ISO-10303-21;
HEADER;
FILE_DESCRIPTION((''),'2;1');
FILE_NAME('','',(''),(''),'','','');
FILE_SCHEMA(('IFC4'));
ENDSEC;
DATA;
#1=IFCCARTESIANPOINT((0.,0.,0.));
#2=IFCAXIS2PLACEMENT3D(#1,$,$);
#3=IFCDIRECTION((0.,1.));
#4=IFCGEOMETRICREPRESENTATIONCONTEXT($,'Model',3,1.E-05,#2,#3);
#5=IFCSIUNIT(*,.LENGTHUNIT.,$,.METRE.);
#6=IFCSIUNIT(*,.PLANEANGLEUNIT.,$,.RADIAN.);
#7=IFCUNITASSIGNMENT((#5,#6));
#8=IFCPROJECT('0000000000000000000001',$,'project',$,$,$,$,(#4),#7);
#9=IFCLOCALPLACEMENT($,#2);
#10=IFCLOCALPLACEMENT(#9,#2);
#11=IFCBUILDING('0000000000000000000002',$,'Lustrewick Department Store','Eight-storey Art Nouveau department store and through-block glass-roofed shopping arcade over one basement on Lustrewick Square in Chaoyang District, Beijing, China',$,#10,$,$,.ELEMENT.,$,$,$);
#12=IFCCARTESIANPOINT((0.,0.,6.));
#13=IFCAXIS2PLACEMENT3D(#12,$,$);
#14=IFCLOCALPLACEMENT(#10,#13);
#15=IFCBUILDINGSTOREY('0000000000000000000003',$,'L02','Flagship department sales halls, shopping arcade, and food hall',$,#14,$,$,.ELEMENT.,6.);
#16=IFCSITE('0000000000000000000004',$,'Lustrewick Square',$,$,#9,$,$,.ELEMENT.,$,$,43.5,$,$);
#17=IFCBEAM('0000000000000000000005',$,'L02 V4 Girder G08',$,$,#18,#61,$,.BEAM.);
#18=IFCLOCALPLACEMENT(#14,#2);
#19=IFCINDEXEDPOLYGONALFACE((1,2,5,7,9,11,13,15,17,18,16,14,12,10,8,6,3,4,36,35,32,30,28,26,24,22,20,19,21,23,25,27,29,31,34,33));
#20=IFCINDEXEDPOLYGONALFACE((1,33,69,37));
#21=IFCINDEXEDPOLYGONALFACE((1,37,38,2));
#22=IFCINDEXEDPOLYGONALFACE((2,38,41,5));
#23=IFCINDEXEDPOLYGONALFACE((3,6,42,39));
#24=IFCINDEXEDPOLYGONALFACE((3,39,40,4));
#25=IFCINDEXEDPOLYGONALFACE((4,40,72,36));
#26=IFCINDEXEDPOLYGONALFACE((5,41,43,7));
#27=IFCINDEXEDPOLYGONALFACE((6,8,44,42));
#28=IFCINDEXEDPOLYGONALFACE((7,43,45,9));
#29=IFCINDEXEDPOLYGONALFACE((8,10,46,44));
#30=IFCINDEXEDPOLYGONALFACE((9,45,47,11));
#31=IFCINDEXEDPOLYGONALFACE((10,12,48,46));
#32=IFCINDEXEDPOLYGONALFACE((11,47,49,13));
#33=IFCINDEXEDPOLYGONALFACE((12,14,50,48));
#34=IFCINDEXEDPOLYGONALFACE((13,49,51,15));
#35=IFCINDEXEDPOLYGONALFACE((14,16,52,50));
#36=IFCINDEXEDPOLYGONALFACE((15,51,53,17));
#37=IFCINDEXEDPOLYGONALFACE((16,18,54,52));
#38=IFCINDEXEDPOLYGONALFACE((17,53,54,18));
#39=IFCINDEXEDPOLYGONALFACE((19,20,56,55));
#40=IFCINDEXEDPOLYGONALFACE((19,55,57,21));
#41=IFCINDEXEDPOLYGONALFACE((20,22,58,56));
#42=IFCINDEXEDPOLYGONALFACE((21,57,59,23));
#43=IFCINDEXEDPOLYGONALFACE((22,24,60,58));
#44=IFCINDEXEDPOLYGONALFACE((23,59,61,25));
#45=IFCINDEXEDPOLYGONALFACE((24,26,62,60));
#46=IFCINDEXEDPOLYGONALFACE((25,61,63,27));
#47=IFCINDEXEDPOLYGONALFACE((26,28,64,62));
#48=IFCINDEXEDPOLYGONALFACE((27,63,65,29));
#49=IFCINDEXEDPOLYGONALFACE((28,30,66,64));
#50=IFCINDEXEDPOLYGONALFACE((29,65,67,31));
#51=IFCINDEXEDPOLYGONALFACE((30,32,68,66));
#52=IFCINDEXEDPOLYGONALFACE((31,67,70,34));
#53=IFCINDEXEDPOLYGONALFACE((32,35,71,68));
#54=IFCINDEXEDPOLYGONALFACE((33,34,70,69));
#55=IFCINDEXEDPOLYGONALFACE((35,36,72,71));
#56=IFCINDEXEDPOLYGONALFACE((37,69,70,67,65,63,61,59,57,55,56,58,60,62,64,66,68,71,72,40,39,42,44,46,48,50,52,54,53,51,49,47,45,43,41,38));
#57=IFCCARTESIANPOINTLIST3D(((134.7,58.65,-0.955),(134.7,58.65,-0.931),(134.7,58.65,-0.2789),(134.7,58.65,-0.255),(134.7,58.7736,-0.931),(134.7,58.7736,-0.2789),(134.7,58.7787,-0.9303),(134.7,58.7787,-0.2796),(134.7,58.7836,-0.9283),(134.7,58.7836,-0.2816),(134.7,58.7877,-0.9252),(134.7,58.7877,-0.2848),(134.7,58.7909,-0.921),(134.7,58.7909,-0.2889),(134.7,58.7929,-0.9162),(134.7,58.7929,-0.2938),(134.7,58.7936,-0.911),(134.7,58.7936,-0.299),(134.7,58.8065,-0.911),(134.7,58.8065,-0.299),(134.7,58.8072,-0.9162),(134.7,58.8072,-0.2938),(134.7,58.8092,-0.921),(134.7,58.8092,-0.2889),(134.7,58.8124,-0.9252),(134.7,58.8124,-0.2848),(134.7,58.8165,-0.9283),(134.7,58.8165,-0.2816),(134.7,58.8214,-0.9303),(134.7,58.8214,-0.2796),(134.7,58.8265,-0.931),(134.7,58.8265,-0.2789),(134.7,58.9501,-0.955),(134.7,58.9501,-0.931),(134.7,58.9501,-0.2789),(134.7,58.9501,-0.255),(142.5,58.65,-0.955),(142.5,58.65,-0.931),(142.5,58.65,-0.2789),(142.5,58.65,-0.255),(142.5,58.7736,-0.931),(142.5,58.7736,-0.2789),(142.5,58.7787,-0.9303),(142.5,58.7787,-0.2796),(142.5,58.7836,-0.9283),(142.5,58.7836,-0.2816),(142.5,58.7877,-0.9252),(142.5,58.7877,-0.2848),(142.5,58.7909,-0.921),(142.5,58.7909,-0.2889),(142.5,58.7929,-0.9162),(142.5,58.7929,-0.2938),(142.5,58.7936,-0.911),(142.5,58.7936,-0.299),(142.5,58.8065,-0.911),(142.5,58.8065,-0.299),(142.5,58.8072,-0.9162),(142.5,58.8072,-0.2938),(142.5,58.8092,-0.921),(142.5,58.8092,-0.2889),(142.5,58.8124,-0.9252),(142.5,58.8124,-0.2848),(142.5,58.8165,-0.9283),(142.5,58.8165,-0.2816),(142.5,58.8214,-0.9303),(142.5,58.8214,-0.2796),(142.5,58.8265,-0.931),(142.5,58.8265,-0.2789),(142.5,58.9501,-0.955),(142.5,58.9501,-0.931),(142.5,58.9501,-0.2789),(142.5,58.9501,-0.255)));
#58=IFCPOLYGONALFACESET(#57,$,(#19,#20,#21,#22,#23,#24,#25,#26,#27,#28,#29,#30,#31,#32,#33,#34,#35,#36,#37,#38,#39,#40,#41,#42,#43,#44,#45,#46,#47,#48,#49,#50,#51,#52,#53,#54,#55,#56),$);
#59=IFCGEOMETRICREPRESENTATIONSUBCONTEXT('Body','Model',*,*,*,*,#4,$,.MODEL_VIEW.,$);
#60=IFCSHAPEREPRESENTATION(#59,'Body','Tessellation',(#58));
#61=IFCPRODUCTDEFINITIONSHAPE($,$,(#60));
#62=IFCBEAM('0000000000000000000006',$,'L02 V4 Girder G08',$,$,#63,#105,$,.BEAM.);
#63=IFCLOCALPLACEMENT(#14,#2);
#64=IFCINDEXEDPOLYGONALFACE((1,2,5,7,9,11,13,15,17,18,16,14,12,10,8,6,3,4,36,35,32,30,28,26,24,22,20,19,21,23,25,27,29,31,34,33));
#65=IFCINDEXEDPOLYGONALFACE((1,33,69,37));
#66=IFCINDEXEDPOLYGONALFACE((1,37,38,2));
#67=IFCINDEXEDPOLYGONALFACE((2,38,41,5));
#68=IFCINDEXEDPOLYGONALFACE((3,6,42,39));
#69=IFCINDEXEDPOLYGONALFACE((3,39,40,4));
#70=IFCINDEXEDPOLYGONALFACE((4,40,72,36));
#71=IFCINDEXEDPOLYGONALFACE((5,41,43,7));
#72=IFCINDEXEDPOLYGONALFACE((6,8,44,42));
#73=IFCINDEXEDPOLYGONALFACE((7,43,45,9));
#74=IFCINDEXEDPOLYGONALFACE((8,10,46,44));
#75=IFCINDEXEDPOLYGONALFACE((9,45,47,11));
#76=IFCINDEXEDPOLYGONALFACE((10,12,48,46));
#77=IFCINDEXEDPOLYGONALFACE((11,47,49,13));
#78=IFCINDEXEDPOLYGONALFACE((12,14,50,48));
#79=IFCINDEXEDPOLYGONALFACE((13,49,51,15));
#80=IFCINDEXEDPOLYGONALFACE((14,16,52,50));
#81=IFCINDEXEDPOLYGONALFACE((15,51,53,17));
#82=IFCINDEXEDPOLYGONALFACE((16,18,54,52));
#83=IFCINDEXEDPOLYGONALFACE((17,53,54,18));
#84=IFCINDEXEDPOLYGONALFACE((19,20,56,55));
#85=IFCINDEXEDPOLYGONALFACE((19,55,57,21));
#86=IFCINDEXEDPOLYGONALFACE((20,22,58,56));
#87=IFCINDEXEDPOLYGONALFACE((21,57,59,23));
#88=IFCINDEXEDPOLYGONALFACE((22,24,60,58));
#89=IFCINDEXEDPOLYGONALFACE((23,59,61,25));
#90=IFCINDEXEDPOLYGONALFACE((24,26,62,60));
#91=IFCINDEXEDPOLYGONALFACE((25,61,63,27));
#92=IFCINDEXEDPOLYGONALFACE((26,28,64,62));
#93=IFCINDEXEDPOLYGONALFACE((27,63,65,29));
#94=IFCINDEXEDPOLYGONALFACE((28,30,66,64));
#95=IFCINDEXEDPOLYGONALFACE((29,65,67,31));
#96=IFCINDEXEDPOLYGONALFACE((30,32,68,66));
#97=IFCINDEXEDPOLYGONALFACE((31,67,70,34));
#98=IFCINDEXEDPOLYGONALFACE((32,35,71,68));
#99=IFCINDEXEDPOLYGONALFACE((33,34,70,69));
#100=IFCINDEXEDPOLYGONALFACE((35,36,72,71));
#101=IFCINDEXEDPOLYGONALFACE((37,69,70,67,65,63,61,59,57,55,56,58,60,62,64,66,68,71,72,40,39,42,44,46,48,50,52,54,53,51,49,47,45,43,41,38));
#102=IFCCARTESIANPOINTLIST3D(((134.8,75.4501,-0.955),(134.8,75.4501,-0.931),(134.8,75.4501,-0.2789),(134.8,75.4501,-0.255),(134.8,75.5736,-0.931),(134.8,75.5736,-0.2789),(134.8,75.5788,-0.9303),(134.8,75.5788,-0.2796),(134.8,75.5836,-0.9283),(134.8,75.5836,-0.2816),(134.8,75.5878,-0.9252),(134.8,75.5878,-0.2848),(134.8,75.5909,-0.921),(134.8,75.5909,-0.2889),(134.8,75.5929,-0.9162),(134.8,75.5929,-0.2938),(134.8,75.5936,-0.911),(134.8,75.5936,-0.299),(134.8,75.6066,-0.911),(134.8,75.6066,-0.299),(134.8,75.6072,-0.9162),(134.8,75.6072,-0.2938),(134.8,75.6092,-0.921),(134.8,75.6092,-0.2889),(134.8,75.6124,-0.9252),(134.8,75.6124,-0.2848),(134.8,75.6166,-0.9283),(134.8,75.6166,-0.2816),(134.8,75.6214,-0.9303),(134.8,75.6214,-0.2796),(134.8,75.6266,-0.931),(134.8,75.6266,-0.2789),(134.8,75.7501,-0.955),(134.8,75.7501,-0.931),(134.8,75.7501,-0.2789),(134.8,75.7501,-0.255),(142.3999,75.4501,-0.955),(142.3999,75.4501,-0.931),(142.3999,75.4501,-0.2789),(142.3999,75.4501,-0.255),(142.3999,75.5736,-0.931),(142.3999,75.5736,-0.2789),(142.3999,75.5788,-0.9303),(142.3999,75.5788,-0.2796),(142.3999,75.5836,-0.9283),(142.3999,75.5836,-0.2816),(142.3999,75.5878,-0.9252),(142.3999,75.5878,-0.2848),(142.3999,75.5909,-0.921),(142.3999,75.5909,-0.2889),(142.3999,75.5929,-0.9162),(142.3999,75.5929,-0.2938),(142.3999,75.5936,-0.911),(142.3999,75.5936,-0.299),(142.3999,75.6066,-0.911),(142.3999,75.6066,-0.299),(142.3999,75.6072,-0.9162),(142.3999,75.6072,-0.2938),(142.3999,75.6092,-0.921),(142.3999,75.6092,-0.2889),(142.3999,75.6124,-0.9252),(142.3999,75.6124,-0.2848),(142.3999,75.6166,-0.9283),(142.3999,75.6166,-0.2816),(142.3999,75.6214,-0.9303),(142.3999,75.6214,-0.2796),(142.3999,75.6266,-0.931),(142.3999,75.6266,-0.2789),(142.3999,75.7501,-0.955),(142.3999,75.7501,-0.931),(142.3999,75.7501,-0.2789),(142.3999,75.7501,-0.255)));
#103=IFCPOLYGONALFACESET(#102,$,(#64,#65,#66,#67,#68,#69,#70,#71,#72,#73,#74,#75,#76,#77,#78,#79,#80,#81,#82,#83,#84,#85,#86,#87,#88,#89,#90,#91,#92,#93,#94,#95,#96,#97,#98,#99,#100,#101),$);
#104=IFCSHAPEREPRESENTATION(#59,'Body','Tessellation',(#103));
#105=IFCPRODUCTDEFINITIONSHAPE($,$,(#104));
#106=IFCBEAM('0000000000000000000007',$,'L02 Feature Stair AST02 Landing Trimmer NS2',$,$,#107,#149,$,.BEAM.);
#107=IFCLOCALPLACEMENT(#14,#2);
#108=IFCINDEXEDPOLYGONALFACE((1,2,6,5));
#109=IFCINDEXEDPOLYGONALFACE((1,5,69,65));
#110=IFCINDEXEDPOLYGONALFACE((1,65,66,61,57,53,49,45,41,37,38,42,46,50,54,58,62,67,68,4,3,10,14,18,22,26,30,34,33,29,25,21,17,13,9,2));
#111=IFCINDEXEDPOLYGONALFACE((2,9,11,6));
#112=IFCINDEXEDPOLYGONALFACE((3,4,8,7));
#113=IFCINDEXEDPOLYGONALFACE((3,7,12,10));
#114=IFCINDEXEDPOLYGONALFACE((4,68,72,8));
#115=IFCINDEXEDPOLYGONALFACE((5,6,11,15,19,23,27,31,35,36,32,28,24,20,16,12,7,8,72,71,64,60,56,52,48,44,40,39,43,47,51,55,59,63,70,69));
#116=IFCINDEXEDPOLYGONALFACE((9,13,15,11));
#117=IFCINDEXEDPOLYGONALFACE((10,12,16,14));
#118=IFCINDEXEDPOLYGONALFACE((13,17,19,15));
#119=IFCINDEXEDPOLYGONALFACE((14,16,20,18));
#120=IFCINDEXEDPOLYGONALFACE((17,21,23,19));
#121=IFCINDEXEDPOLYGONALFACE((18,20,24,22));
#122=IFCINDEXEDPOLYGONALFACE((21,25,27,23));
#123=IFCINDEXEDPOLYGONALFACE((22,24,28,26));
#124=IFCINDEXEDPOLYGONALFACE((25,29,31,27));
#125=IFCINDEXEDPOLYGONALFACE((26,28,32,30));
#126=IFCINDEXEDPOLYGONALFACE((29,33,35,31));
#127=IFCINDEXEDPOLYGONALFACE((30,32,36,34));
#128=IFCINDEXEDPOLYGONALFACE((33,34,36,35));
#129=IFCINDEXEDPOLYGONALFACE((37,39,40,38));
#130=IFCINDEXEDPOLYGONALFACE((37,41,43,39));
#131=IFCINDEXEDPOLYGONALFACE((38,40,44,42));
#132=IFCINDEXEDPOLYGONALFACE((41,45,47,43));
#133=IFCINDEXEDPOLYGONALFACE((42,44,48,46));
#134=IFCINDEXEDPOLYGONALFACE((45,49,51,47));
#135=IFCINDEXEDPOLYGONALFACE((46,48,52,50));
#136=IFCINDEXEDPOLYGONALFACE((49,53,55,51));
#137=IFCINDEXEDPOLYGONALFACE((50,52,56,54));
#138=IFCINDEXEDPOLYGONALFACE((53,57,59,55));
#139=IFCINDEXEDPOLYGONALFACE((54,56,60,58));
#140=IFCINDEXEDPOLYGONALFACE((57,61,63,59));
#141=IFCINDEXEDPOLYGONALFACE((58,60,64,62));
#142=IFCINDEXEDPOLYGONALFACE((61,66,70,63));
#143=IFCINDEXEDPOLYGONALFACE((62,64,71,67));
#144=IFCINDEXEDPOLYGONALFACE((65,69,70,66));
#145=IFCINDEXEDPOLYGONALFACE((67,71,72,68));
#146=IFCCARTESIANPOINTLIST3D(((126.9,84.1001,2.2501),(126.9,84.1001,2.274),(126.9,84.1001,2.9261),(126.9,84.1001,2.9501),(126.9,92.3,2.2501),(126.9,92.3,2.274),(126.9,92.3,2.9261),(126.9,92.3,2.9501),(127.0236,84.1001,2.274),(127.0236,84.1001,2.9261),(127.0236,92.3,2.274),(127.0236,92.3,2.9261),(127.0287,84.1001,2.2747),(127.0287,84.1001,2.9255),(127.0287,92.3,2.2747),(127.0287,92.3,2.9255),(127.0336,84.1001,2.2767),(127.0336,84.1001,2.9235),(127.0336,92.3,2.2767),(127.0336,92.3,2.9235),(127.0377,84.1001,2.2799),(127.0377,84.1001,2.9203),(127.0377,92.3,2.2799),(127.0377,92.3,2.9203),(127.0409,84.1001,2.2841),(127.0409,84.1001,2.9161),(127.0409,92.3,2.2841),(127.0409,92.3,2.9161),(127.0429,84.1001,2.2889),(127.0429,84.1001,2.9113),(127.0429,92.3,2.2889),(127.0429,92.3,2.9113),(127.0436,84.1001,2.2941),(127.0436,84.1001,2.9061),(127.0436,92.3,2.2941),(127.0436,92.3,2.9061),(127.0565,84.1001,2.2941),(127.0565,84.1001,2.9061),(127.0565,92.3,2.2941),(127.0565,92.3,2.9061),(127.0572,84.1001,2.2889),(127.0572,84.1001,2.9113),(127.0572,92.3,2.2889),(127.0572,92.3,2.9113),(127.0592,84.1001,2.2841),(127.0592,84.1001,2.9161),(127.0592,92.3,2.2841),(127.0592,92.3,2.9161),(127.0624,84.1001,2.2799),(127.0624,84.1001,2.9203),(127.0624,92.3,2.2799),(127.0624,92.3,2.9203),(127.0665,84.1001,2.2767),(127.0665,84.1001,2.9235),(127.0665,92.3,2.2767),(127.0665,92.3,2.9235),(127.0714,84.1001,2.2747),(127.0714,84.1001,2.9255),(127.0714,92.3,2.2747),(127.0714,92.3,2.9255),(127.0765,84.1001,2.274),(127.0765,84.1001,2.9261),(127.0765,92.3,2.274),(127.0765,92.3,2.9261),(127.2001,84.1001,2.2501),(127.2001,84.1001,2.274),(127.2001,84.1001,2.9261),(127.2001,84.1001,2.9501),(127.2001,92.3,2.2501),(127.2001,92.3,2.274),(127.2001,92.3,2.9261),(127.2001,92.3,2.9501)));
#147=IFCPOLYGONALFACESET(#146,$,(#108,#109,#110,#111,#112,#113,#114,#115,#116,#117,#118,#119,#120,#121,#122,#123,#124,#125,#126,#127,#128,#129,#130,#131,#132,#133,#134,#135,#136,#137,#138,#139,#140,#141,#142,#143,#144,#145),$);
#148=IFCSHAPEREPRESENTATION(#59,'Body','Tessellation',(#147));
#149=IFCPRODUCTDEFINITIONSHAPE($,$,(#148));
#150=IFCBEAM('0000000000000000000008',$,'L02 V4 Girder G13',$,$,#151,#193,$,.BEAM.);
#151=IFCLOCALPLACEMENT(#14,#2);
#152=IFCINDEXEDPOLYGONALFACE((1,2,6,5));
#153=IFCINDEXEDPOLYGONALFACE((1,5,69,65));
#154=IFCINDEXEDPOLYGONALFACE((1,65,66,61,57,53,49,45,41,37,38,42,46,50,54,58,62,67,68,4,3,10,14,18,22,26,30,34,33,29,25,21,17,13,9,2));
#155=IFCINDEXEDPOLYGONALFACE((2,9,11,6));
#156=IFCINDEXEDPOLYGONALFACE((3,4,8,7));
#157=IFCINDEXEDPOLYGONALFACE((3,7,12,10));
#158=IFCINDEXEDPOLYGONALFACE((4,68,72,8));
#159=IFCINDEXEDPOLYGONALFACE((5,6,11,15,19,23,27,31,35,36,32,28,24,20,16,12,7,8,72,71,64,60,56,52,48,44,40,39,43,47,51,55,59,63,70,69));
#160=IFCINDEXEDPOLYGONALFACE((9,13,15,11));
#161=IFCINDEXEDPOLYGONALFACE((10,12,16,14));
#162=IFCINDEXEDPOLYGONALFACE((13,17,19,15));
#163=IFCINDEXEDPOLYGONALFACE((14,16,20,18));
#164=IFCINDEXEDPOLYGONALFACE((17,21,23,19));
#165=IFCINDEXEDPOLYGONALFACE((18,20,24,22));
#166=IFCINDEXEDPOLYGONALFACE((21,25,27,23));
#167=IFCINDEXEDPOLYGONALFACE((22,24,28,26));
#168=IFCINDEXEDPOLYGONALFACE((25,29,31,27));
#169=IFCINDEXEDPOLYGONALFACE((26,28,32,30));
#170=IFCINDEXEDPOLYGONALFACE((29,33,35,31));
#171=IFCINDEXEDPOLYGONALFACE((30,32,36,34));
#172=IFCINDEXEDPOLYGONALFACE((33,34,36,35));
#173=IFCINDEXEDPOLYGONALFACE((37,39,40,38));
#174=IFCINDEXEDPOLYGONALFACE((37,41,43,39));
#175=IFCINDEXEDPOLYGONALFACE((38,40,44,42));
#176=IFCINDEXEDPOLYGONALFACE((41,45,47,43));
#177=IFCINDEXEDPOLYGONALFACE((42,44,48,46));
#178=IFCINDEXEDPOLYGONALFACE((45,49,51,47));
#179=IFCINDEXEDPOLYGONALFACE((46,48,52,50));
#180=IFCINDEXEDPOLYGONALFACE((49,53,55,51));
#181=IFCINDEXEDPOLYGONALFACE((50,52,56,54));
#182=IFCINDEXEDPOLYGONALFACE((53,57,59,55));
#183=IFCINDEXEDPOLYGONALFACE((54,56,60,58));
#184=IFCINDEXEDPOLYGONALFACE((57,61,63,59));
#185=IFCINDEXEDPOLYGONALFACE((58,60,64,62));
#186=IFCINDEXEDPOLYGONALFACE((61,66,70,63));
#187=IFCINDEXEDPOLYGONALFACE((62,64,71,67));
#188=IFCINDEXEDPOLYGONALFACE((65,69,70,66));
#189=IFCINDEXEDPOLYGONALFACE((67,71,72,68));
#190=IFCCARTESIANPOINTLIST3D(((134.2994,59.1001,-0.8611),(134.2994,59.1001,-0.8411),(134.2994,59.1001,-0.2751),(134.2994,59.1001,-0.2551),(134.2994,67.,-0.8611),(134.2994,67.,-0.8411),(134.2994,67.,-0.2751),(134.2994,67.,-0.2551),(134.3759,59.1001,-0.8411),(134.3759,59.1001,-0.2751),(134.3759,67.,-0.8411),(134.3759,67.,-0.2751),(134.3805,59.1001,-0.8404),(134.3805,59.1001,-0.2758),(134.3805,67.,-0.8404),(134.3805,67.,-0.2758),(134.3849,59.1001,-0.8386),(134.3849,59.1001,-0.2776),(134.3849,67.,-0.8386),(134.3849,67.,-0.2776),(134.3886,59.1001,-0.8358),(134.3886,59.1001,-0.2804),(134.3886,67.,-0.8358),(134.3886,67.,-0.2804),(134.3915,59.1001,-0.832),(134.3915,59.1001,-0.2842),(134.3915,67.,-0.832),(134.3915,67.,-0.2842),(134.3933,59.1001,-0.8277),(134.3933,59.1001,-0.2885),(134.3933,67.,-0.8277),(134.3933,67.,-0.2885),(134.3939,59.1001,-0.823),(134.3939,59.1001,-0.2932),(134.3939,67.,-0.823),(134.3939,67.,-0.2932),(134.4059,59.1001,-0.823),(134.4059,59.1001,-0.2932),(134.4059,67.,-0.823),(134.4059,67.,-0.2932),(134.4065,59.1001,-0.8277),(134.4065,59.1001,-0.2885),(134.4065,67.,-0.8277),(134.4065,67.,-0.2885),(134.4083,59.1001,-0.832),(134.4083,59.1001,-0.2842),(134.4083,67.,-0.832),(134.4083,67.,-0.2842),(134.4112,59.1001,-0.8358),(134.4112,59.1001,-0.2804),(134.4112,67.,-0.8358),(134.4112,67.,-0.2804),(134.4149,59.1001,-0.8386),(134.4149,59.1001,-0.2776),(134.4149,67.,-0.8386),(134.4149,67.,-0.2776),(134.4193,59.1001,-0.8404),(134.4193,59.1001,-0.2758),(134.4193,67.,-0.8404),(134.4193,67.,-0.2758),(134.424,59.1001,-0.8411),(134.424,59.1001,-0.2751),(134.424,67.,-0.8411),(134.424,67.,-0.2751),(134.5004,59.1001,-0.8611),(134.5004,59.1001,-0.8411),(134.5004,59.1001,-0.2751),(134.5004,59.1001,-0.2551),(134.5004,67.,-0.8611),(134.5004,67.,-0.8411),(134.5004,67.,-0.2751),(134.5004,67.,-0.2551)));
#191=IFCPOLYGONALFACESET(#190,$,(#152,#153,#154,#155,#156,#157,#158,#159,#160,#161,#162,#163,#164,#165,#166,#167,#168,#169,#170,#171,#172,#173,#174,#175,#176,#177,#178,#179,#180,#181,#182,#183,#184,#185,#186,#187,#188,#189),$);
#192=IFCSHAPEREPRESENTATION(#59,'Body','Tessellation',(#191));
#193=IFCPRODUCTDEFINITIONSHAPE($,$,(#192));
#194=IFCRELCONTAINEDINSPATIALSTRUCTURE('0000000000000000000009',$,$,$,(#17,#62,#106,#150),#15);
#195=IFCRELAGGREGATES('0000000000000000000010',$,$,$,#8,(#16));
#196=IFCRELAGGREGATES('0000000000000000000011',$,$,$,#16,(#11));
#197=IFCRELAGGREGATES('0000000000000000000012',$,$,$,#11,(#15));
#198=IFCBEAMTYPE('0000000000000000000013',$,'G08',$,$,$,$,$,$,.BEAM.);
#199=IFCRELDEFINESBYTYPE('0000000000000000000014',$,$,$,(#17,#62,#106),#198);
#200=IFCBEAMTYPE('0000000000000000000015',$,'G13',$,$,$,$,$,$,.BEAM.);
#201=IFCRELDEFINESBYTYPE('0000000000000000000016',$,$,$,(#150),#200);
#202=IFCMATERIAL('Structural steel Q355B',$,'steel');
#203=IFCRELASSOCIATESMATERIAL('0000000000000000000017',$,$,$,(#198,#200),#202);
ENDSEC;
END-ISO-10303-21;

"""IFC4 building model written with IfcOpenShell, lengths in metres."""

from ifc_helpers import new_model, si_unit, direction, frame, origin, origin_2d, place, context, subcontext, project, spatial, i_section, extrude, material, material_profile, profile_set, type_object, element, save


model = new_model("IFC4")

# Units and contexts
model_context = context("Model", 3, precision=1e-05, world=origin(), true_north=direction((0.0, 1.0)))
body_context = subcontext(model_context, "Body", "Model", "MODEL_VIEW")
ifc_project = project(units=[si_unit("LENGTHUNIT", "METRE"), si_unit("PLANEANGLEUNIT", "RADIAN")], contexts=[model_context])

# Site, building, storey
site_placement = place(None, origin())
site = spatial("IfcSite", under=ifc_project, at=site_placement, Name="Lustrewick Square", CompositionType="ELEMENT", RefElevation=43.5)
building_placement = place(site_placement, origin())
building = spatial("IfcBuilding", under=site, at=building_placement, Name="Lustrewick Department Store", Description="Eight-storey Art Nouveau department store and through-block glass-roofed shopping arcade over one basement on Lustrewick Square in Chaoyang District, Beijing, China", CompositionType="ELEMENT")
storey_placement = place(building_placement, frame((0.0, 0.0, 6.0)))
storey = spatial("IfcBuildingStorey", under=building, at=storey_placement, Name="L02", Description="Flagship department sales halls, shopping arcade, and food hall", CompositionType="ELEMENT", Elevation=6.0)

# Shared definitions
ifc_material_1 = material(Name="Structural steel Q355B", Category="steel")

# Beams
ifc_material_profile_1 = material_profile(ifc_material_1, i_section(OverallWidth=0.3, OverallDepth=0.7, WebThickness=0.0129, FlangeThickness=0.0239, FilletRadius=0.02, at=origin_2d()), Name="HN 700x300x13x24")
ifc_profile_set_1 = profile_set([ifc_material_profile_1], Name="Structural steel Q355B")
beam_type_1 = type_object("IfcBeamType", Name="G08", PredefinedType="BEAM", material=ifc_profile_set_1)
beam_1_placement = place(storey_placement, frame((134.7, 58.8, -0.605), z_axis=(1.0, 0.0, 0.0), x_axis=(0.0, 1.0, 0.0)))
element("IfcBeam", 1, at=beam_1_placement, inside=storey, type_object=beam_type_1, Name="L02 V4 Girder G08", PredefinedType="BEAM", context=body_context, shape_type="SweptSolid", body=[
    extrude(i_section(OverallWidth=0.3, OverallDepth=0.7, WebThickness=0.0129, FlangeThickness=0.0239, FilletRadius=0.02, at=origin_2d()), origin(), (0.0, 0.0, 1.0), 7.8),
])
beam_2_placement = place(storey_placement, frame((134.8, 75.6001, -0.605), z_axis=(1.0, 0.0, 0.0), x_axis=(0.0, 1.0, 0.0)))
element("IfcBeam", 2, at=beam_2_placement, inside=storey, type_object=beam_type_1, Name="L02 V4 Girder G08", PredefinedType="BEAM", context=body_context, shape_type="SweptSolid", body=[
    extrude(i_section(OverallWidth=0.3, OverallDepth=0.7, WebThickness=0.0129, FlangeThickness=0.0239, FilletRadius=0.02, at=origin_2d()), origin(), (0.0, 0.0, 1.0), 7.5999),
])
beam_3_placement = place(storey_placement, frame((127.05, 84.1001, 2.6001), z_axis=(0.0, 1.0, 0.0), x_axis=(-1.0, 0.0, 0.0)))
element("IfcBeam", 3, at=beam_3_placement, inside=storey, type_object=beam_type_1, Name="L02 Feature Stair AST02 Landing Trimmer NS2", PredefinedType="BEAM", context=body_context, shape_type="SweptSolid", body=[
    extrude(i_section(OverallWidth=0.3, OverallDepth=0.7, WebThickness=0.0129, FlangeThickness=0.0239, FilletRadius=0.02, at=origin_2d()), origin(), (0.0, 0.0, 1.0), 8.2),
])
ifc_material_profile_2 = material_profile(ifc_material_1, i_section(OverallWidth=0.2009, OverallDepth=0.606, WebThickness=0.012, FlangeThickness=0.02, FilletRadius=0.0181, at=origin_2d()), Name="HN 606x201x12x20")
ifc_profile_set_2 = profile_set([ifc_material_profile_2], Name="Structural steel Q355B")
beam_type_2 = type_object("IfcBeamType", Name="G13", PredefinedType="BEAM", material=ifc_profile_set_2)
beam_4_placement = place(storey_placement, frame((134.3999, 59.1001, -0.5581), z_axis=(0.0, 1.0, 0.0), x_axis=(-1.0, 0.0, 0.0)))
element("IfcBeam", 4, at=beam_4_placement, inside=storey, type_object=beam_type_2, Name="L02 V4 Girder G13", PredefinedType="BEAM", context=body_context, shape_type="SweptSolid", body=[
    extrude(i_section(OverallWidth=0.2009, OverallDepth=0.606, WebThickness=0.012, FlangeThickness=0.02, FilletRadius=0.0181, at=origin_2d()), origin(), (0.0, 0.0, 1.0), 7.8999),
])

save(model, "model.ifc")
